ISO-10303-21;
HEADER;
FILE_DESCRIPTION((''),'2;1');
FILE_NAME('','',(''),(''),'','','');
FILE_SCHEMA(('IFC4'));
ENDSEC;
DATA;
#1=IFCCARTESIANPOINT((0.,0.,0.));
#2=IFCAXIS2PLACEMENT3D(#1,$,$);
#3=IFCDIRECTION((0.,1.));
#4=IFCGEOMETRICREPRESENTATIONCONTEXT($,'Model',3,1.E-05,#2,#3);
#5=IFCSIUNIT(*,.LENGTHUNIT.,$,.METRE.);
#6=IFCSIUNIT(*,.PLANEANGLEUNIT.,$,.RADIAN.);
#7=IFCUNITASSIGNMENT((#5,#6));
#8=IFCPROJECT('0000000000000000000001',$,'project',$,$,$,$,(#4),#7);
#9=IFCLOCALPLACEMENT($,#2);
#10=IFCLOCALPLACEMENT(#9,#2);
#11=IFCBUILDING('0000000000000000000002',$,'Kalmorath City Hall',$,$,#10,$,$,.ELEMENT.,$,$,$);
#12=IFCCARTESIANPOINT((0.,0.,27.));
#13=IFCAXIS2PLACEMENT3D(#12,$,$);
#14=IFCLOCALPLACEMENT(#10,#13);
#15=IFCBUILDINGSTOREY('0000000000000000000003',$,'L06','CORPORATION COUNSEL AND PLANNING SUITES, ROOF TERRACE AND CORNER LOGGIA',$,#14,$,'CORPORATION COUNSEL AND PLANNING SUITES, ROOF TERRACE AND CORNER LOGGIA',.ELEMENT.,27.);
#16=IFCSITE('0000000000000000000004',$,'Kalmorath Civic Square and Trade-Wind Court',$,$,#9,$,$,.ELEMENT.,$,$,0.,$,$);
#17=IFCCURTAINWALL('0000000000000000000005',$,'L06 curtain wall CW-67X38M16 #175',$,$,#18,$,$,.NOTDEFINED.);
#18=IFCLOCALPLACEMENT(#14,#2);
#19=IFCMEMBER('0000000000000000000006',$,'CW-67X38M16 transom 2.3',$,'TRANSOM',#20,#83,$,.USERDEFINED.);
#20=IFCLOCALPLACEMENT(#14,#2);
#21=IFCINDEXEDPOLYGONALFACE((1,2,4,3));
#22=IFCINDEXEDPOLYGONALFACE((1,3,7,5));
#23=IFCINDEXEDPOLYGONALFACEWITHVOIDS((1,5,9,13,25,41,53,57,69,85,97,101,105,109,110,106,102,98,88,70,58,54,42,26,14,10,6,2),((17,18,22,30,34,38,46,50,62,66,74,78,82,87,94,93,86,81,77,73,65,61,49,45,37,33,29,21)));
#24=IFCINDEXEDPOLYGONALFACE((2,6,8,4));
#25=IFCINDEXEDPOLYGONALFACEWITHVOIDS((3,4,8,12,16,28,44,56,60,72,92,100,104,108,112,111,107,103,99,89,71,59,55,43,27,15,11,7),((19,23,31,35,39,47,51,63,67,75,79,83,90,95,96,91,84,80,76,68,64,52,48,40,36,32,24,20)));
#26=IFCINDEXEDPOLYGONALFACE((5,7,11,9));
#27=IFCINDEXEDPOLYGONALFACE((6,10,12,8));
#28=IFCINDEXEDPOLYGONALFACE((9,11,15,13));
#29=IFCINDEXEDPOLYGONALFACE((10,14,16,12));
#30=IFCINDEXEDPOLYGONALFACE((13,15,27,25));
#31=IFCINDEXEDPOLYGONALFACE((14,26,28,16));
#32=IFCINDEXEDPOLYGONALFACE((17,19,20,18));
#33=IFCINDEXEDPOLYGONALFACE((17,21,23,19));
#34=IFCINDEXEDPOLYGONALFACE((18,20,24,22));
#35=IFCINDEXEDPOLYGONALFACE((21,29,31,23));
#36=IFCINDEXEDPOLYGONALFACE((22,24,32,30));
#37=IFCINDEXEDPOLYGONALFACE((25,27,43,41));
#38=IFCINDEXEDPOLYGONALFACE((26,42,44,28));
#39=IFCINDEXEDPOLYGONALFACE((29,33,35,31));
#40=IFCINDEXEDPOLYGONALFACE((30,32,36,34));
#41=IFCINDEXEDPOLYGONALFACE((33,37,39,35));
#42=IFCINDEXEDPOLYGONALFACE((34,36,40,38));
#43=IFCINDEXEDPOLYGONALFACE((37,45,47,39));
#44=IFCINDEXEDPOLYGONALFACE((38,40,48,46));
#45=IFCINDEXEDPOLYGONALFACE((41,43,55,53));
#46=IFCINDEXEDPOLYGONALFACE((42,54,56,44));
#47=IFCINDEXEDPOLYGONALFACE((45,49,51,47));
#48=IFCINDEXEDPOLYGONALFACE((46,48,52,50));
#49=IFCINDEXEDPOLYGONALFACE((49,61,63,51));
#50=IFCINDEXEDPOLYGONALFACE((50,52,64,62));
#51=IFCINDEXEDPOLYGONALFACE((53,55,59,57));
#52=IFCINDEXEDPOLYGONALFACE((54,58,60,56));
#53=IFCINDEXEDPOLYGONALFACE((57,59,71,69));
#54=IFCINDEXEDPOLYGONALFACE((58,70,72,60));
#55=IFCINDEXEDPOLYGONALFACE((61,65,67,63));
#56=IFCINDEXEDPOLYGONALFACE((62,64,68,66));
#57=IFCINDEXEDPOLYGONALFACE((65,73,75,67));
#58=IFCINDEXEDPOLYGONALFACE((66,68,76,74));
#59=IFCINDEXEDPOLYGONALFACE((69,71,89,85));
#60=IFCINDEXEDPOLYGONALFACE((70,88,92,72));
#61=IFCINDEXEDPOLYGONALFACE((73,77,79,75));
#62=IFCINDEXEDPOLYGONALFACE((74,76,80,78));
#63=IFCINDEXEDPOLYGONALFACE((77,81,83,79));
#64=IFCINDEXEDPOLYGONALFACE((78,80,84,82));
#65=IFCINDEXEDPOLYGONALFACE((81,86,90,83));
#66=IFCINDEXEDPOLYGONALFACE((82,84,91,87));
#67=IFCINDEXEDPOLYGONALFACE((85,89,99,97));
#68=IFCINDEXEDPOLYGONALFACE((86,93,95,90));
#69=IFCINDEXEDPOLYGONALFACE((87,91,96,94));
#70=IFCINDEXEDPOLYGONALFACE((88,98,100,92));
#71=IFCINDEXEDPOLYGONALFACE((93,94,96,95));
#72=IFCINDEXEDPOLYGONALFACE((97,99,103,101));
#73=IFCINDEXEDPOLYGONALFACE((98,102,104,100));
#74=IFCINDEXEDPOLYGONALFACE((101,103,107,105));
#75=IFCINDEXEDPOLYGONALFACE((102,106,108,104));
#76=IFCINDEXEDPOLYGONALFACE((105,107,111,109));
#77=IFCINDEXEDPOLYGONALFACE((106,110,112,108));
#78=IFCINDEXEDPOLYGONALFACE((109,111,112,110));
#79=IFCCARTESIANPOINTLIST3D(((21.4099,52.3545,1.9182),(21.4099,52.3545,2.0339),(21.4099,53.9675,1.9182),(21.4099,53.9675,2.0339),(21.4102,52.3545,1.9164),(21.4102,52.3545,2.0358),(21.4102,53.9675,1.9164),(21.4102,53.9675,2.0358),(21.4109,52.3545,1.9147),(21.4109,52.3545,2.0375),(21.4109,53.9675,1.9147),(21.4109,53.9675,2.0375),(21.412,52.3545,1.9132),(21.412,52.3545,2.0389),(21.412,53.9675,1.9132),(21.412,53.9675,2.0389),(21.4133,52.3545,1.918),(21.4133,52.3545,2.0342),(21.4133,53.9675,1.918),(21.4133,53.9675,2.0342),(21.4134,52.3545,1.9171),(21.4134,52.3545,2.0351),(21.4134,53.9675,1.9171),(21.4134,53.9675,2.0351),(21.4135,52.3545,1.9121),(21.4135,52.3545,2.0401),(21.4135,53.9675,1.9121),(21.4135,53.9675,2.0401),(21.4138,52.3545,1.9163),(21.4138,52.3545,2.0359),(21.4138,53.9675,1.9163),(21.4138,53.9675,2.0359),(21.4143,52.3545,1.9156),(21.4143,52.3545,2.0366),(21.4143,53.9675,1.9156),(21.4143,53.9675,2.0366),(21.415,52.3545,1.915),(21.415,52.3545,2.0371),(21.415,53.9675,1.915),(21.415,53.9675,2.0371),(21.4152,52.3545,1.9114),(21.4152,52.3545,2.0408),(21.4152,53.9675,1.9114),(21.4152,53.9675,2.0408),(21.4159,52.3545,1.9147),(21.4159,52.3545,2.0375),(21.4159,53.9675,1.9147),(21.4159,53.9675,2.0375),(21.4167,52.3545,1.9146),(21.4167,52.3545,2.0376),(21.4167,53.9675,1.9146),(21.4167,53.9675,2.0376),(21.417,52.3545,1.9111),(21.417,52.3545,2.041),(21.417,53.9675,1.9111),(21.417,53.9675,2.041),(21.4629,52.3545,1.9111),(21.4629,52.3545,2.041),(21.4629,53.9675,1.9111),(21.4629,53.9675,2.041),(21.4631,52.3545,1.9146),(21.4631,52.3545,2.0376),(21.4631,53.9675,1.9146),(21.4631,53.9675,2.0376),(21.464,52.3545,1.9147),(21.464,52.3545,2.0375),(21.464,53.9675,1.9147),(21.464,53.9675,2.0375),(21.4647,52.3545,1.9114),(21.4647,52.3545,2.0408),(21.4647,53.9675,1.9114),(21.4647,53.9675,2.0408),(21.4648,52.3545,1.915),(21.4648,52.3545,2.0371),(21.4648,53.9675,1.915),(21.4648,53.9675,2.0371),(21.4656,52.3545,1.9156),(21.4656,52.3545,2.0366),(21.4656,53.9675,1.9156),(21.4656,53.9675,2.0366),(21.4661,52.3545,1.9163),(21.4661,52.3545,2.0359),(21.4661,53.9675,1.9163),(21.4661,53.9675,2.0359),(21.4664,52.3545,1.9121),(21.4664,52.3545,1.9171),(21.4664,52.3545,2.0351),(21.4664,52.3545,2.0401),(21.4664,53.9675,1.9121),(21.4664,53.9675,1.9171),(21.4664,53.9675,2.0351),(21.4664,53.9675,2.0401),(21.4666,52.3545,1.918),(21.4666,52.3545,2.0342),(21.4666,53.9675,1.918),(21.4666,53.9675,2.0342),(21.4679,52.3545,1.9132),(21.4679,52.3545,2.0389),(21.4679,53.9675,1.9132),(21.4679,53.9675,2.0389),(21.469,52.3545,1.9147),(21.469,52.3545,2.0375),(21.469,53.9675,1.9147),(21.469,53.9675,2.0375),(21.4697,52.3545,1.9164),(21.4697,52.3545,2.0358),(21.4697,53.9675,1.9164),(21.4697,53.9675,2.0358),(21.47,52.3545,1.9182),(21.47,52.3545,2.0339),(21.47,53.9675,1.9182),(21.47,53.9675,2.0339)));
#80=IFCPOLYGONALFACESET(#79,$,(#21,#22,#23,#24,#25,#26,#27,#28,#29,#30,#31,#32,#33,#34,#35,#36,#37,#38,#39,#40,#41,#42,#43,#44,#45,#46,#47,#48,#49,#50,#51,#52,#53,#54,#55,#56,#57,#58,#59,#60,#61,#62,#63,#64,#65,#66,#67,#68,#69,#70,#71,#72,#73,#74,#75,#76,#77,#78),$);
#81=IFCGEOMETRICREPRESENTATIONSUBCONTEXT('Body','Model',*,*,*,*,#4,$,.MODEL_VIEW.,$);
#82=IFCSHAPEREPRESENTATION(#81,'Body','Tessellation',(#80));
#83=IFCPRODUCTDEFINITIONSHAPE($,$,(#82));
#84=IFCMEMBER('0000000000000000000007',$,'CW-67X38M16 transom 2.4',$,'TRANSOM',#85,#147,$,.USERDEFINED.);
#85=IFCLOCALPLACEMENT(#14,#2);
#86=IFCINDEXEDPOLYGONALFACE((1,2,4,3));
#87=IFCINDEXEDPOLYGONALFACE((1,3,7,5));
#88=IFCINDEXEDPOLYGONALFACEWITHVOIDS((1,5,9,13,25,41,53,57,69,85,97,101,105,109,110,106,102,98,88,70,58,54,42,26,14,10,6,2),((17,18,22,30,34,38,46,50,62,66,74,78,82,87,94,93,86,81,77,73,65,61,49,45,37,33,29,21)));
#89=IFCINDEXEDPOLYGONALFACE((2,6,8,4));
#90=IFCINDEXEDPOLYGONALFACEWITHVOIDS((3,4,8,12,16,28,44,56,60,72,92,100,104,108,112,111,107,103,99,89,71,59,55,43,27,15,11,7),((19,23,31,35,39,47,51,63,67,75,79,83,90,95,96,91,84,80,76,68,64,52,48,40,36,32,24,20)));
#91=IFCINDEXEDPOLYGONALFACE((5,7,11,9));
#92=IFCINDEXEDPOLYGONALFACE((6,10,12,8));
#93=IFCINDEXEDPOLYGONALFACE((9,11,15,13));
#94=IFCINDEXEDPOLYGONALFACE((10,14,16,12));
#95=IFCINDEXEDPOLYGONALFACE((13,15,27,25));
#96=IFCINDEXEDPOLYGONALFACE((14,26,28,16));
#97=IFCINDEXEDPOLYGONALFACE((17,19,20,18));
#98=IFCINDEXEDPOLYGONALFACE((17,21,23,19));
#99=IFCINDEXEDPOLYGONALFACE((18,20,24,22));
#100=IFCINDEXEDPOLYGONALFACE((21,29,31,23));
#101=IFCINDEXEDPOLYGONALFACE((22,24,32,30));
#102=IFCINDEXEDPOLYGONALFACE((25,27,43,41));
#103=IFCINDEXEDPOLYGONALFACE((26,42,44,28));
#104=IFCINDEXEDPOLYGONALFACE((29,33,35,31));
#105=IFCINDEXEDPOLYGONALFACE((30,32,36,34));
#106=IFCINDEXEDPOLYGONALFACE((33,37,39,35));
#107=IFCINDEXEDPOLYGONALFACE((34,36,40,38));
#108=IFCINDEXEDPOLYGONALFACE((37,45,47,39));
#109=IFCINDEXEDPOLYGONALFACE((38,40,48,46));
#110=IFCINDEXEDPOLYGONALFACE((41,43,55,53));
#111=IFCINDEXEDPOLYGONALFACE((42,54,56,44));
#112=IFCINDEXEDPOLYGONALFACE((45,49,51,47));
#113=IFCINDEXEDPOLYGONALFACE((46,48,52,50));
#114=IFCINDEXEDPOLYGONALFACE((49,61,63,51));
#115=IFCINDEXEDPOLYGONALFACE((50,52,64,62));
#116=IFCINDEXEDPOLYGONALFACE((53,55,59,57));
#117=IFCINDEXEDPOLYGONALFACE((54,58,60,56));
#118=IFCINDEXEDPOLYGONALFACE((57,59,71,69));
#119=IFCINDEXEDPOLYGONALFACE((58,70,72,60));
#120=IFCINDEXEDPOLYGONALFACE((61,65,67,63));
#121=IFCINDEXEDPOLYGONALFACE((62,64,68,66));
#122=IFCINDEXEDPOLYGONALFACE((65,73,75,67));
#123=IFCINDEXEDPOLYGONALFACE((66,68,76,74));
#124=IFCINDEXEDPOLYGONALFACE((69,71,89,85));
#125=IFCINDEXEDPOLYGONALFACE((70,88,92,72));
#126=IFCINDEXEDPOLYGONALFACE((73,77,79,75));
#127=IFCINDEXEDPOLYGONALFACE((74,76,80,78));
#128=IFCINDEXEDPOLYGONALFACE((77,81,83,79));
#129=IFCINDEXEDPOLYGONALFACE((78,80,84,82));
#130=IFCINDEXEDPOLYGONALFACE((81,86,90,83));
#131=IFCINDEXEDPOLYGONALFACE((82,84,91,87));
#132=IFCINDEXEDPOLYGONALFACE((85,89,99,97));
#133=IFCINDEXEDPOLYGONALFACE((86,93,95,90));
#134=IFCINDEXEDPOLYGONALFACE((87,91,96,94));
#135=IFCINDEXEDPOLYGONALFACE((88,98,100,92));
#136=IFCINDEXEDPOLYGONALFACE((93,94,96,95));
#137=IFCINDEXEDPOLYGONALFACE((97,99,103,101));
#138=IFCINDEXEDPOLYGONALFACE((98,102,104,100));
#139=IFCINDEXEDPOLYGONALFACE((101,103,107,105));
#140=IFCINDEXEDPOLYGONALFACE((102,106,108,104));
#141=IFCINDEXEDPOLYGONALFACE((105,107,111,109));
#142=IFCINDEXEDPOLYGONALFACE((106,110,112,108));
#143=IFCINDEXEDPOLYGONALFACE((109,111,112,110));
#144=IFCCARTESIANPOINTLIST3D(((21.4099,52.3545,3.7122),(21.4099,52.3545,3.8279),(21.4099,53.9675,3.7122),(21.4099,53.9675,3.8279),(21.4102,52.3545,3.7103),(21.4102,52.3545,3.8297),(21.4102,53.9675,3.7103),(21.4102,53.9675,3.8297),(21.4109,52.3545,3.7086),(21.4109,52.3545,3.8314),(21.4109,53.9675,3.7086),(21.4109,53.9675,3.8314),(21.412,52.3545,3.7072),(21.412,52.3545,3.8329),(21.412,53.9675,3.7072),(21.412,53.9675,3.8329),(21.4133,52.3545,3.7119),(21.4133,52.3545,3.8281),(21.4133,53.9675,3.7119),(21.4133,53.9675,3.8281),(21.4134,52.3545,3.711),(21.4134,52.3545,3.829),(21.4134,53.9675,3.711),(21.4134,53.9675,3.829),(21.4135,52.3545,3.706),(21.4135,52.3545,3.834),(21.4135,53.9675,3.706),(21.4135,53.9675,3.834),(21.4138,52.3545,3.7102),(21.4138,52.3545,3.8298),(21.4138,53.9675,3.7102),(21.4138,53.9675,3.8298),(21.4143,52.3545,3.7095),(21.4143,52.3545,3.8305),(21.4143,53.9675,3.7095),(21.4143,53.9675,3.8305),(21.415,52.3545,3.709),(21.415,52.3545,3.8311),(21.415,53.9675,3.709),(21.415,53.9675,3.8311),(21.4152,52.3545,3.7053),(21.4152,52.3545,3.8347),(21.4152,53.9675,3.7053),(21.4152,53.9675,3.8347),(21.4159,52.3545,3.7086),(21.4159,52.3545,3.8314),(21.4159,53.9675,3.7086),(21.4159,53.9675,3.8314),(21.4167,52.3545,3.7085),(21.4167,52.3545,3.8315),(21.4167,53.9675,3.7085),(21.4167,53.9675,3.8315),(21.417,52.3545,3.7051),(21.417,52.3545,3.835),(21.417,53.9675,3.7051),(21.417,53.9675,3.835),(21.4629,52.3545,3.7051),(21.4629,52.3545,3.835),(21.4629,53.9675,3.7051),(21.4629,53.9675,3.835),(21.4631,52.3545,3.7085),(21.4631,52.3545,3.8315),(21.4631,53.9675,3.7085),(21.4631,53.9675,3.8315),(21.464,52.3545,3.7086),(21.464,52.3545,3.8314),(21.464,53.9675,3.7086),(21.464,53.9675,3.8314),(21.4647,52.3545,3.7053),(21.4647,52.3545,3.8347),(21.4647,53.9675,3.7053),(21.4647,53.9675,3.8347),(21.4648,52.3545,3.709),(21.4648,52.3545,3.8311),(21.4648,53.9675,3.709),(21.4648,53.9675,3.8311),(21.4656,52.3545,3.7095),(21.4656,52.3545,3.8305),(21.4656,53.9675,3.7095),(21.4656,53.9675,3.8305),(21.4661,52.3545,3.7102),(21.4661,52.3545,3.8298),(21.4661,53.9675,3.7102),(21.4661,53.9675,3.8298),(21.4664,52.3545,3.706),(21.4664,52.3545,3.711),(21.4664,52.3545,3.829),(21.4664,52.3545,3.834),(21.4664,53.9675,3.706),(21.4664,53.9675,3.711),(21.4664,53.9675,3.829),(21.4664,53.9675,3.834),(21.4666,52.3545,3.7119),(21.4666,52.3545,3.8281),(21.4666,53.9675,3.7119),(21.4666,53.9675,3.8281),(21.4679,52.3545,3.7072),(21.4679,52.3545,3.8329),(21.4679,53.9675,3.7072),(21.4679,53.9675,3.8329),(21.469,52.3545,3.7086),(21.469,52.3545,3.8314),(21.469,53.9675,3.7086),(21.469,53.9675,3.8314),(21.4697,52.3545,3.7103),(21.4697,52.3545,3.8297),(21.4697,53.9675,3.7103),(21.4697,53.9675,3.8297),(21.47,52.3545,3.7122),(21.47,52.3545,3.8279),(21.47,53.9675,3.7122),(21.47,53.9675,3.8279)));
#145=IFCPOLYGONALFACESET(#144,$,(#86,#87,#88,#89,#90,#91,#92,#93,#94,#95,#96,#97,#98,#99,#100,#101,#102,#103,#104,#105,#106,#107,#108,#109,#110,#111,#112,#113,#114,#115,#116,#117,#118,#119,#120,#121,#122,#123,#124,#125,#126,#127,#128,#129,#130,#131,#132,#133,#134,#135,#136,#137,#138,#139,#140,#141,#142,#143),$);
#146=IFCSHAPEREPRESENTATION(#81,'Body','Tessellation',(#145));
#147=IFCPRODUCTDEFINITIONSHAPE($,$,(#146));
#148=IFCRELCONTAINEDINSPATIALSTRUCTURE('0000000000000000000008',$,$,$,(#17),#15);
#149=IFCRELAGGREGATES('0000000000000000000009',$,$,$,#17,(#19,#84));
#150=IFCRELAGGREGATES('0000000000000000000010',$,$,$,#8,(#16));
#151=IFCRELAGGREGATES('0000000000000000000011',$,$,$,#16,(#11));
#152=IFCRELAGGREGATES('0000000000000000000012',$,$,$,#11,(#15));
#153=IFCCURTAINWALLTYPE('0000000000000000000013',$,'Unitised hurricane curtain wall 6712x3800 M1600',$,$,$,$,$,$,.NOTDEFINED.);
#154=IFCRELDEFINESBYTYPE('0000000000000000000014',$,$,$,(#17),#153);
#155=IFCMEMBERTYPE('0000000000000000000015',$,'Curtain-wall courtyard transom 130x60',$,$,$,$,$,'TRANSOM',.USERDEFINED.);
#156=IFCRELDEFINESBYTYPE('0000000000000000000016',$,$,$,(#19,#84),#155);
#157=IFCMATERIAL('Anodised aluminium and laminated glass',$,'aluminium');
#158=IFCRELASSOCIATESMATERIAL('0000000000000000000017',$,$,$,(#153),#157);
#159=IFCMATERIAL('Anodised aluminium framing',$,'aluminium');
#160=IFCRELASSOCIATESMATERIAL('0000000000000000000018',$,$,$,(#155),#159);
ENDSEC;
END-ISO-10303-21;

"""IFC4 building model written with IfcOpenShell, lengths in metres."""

from ifc_helpers import new_model, si_unit, direction, frame, origin, origin_2d, place, context, subcontext, project, spatial, hollow_rectangle, extrude, material, material_profile, profile_set, type_object, element, aggregate, save


model = new_model("IFC4")

# Units and contexts
model_context = context("Model", 3, precision=1e-05, world=origin(), true_north=direction((0.0, 1.0)))
body_context = subcontext(model_context, "Body", "Model", "MODEL_VIEW")
ifc_project = project(units=[si_unit("LENGTHUNIT", "METRE"), si_unit("PLANEANGLEUNIT", "RADIAN")], contexts=[model_context])

# Site, building, storey
site_placement = place(None, origin())
site = spatial("IfcSite", under=ifc_project, at=site_placement, Name="Kalmorath Civic Square and Trade-Wind Court", CompositionType="ELEMENT", RefElevation=0.0)
building_placement = place(site_placement, origin())
building = spatial("IfcBuilding", under=site, at=building_placement, Name="Kalmorath City Hall", CompositionType="ELEMENT")
storey_placement = place(building_placement, frame((0.0, 0.0, 27.0)))
storey = spatial("IfcBuildingStorey", under=building, at=storey_placement, Name="L06", Description="CORPORATION COUNSEL AND PLANNING SUITES, ROOF TERRACE AND CORNER LOGGIA", LongName="CORPORATION COUNSEL AND PLANNING SUITES, ROOF TERRACE AND CORNER LOGGIA", CompositionType="ELEMENT", Elevation=27.0)

# Curtain wall, members
ifc_material_1 = material(Name="Anodised aluminium and laminated glass", Category="aluminium")
curtain_wall_type = type_object("IfcCurtainWallType", Name="Unitised hurricane curtain wall 6712x3800 M1600", PredefinedType="NOTDEFINED", material=ifc_material_1)
curtain_wall_placement = place(storey_placement, origin())
curtain_wall = element("IfcCurtainWall", 1, at=curtain_wall_placement, inside=storey, type_object=curtain_wall_type, Name="L06 curtain wall CW-67X38M16 #175", PredefinedType="NOTDEFINED")
ifc_material_2 = material(Name="Anodised aluminium framing", Category="aluminium")
ifc_material_profile_1 = material_profile(ifc_material_2, hollow_rectangle(XDim=0.0601, YDim=0.1299, WallThickness=0.0034, InnerFilletRadius=0.0034, OuterFilletRadius=0.0071, at=origin_2d()), Name="ALU-TRN-130X60X3.5")
ifc_profile_set_1 = profile_set([ifc_material_profile_1], Name="Anodised aluminium framing")
member_type_1 = type_object("IfcMemberType", Name="Curtain-wall courtyard transom 130x60", ElementType="TRANSOM", PredefinedType="USERDEFINED", material=ifc_profile_set_1)
member_1_placement = place(storey_placement, frame((21.4399, 52.3545, 1.9761), z_axis=(0.0, 1.0, 0.0), x_axis=(-1.0, 0.0, 0.0)))
member_1 = element("IfcMember", 2, at=member_1_placement, type_object=member_type_1, Name="CW-67X38M16 transom 2.3", ObjectType="TRANSOM", PredefinedType="USERDEFINED", context=body_context, shape_type="SweptSolid", body=[
    extrude(hollow_rectangle(XDim=0.0601, YDim=0.1299, WallThickness=0.0034, InnerFilletRadius=0.0034, OuterFilletRadius=0.0071, at=origin_2d()), origin(), (0.0, 0.0, 1.0), 1.613),
])
member_2_placement = place(storey_placement, frame((21.4399, 52.3545, 3.77), z_axis=(0.0, 1.0, 0.0), x_axis=(-1.0, 0.0, 0.0)))
member_2 = element("IfcMember", 3, at=member_2_placement, type_object=member_type_1, Name="CW-67X38M16 transom 2.4", ObjectType="TRANSOM", PredefinedType="USERDEFINED", context=body_context, shape_type="SweptSolid", body=[
    extrude(hollow_rectangle(XDim=0.0601, YDim=0.1299, WallThickness=0.0034, InnerFilletRadius=0.0034, OuterFilletRadius=0.0071, at=origin_2d()), origin(), (0.0, 0.0, 1.0), 1.613),
])

aggregate(curtain_wall, [member_1, member_2])

save(model, "model.ifc")
